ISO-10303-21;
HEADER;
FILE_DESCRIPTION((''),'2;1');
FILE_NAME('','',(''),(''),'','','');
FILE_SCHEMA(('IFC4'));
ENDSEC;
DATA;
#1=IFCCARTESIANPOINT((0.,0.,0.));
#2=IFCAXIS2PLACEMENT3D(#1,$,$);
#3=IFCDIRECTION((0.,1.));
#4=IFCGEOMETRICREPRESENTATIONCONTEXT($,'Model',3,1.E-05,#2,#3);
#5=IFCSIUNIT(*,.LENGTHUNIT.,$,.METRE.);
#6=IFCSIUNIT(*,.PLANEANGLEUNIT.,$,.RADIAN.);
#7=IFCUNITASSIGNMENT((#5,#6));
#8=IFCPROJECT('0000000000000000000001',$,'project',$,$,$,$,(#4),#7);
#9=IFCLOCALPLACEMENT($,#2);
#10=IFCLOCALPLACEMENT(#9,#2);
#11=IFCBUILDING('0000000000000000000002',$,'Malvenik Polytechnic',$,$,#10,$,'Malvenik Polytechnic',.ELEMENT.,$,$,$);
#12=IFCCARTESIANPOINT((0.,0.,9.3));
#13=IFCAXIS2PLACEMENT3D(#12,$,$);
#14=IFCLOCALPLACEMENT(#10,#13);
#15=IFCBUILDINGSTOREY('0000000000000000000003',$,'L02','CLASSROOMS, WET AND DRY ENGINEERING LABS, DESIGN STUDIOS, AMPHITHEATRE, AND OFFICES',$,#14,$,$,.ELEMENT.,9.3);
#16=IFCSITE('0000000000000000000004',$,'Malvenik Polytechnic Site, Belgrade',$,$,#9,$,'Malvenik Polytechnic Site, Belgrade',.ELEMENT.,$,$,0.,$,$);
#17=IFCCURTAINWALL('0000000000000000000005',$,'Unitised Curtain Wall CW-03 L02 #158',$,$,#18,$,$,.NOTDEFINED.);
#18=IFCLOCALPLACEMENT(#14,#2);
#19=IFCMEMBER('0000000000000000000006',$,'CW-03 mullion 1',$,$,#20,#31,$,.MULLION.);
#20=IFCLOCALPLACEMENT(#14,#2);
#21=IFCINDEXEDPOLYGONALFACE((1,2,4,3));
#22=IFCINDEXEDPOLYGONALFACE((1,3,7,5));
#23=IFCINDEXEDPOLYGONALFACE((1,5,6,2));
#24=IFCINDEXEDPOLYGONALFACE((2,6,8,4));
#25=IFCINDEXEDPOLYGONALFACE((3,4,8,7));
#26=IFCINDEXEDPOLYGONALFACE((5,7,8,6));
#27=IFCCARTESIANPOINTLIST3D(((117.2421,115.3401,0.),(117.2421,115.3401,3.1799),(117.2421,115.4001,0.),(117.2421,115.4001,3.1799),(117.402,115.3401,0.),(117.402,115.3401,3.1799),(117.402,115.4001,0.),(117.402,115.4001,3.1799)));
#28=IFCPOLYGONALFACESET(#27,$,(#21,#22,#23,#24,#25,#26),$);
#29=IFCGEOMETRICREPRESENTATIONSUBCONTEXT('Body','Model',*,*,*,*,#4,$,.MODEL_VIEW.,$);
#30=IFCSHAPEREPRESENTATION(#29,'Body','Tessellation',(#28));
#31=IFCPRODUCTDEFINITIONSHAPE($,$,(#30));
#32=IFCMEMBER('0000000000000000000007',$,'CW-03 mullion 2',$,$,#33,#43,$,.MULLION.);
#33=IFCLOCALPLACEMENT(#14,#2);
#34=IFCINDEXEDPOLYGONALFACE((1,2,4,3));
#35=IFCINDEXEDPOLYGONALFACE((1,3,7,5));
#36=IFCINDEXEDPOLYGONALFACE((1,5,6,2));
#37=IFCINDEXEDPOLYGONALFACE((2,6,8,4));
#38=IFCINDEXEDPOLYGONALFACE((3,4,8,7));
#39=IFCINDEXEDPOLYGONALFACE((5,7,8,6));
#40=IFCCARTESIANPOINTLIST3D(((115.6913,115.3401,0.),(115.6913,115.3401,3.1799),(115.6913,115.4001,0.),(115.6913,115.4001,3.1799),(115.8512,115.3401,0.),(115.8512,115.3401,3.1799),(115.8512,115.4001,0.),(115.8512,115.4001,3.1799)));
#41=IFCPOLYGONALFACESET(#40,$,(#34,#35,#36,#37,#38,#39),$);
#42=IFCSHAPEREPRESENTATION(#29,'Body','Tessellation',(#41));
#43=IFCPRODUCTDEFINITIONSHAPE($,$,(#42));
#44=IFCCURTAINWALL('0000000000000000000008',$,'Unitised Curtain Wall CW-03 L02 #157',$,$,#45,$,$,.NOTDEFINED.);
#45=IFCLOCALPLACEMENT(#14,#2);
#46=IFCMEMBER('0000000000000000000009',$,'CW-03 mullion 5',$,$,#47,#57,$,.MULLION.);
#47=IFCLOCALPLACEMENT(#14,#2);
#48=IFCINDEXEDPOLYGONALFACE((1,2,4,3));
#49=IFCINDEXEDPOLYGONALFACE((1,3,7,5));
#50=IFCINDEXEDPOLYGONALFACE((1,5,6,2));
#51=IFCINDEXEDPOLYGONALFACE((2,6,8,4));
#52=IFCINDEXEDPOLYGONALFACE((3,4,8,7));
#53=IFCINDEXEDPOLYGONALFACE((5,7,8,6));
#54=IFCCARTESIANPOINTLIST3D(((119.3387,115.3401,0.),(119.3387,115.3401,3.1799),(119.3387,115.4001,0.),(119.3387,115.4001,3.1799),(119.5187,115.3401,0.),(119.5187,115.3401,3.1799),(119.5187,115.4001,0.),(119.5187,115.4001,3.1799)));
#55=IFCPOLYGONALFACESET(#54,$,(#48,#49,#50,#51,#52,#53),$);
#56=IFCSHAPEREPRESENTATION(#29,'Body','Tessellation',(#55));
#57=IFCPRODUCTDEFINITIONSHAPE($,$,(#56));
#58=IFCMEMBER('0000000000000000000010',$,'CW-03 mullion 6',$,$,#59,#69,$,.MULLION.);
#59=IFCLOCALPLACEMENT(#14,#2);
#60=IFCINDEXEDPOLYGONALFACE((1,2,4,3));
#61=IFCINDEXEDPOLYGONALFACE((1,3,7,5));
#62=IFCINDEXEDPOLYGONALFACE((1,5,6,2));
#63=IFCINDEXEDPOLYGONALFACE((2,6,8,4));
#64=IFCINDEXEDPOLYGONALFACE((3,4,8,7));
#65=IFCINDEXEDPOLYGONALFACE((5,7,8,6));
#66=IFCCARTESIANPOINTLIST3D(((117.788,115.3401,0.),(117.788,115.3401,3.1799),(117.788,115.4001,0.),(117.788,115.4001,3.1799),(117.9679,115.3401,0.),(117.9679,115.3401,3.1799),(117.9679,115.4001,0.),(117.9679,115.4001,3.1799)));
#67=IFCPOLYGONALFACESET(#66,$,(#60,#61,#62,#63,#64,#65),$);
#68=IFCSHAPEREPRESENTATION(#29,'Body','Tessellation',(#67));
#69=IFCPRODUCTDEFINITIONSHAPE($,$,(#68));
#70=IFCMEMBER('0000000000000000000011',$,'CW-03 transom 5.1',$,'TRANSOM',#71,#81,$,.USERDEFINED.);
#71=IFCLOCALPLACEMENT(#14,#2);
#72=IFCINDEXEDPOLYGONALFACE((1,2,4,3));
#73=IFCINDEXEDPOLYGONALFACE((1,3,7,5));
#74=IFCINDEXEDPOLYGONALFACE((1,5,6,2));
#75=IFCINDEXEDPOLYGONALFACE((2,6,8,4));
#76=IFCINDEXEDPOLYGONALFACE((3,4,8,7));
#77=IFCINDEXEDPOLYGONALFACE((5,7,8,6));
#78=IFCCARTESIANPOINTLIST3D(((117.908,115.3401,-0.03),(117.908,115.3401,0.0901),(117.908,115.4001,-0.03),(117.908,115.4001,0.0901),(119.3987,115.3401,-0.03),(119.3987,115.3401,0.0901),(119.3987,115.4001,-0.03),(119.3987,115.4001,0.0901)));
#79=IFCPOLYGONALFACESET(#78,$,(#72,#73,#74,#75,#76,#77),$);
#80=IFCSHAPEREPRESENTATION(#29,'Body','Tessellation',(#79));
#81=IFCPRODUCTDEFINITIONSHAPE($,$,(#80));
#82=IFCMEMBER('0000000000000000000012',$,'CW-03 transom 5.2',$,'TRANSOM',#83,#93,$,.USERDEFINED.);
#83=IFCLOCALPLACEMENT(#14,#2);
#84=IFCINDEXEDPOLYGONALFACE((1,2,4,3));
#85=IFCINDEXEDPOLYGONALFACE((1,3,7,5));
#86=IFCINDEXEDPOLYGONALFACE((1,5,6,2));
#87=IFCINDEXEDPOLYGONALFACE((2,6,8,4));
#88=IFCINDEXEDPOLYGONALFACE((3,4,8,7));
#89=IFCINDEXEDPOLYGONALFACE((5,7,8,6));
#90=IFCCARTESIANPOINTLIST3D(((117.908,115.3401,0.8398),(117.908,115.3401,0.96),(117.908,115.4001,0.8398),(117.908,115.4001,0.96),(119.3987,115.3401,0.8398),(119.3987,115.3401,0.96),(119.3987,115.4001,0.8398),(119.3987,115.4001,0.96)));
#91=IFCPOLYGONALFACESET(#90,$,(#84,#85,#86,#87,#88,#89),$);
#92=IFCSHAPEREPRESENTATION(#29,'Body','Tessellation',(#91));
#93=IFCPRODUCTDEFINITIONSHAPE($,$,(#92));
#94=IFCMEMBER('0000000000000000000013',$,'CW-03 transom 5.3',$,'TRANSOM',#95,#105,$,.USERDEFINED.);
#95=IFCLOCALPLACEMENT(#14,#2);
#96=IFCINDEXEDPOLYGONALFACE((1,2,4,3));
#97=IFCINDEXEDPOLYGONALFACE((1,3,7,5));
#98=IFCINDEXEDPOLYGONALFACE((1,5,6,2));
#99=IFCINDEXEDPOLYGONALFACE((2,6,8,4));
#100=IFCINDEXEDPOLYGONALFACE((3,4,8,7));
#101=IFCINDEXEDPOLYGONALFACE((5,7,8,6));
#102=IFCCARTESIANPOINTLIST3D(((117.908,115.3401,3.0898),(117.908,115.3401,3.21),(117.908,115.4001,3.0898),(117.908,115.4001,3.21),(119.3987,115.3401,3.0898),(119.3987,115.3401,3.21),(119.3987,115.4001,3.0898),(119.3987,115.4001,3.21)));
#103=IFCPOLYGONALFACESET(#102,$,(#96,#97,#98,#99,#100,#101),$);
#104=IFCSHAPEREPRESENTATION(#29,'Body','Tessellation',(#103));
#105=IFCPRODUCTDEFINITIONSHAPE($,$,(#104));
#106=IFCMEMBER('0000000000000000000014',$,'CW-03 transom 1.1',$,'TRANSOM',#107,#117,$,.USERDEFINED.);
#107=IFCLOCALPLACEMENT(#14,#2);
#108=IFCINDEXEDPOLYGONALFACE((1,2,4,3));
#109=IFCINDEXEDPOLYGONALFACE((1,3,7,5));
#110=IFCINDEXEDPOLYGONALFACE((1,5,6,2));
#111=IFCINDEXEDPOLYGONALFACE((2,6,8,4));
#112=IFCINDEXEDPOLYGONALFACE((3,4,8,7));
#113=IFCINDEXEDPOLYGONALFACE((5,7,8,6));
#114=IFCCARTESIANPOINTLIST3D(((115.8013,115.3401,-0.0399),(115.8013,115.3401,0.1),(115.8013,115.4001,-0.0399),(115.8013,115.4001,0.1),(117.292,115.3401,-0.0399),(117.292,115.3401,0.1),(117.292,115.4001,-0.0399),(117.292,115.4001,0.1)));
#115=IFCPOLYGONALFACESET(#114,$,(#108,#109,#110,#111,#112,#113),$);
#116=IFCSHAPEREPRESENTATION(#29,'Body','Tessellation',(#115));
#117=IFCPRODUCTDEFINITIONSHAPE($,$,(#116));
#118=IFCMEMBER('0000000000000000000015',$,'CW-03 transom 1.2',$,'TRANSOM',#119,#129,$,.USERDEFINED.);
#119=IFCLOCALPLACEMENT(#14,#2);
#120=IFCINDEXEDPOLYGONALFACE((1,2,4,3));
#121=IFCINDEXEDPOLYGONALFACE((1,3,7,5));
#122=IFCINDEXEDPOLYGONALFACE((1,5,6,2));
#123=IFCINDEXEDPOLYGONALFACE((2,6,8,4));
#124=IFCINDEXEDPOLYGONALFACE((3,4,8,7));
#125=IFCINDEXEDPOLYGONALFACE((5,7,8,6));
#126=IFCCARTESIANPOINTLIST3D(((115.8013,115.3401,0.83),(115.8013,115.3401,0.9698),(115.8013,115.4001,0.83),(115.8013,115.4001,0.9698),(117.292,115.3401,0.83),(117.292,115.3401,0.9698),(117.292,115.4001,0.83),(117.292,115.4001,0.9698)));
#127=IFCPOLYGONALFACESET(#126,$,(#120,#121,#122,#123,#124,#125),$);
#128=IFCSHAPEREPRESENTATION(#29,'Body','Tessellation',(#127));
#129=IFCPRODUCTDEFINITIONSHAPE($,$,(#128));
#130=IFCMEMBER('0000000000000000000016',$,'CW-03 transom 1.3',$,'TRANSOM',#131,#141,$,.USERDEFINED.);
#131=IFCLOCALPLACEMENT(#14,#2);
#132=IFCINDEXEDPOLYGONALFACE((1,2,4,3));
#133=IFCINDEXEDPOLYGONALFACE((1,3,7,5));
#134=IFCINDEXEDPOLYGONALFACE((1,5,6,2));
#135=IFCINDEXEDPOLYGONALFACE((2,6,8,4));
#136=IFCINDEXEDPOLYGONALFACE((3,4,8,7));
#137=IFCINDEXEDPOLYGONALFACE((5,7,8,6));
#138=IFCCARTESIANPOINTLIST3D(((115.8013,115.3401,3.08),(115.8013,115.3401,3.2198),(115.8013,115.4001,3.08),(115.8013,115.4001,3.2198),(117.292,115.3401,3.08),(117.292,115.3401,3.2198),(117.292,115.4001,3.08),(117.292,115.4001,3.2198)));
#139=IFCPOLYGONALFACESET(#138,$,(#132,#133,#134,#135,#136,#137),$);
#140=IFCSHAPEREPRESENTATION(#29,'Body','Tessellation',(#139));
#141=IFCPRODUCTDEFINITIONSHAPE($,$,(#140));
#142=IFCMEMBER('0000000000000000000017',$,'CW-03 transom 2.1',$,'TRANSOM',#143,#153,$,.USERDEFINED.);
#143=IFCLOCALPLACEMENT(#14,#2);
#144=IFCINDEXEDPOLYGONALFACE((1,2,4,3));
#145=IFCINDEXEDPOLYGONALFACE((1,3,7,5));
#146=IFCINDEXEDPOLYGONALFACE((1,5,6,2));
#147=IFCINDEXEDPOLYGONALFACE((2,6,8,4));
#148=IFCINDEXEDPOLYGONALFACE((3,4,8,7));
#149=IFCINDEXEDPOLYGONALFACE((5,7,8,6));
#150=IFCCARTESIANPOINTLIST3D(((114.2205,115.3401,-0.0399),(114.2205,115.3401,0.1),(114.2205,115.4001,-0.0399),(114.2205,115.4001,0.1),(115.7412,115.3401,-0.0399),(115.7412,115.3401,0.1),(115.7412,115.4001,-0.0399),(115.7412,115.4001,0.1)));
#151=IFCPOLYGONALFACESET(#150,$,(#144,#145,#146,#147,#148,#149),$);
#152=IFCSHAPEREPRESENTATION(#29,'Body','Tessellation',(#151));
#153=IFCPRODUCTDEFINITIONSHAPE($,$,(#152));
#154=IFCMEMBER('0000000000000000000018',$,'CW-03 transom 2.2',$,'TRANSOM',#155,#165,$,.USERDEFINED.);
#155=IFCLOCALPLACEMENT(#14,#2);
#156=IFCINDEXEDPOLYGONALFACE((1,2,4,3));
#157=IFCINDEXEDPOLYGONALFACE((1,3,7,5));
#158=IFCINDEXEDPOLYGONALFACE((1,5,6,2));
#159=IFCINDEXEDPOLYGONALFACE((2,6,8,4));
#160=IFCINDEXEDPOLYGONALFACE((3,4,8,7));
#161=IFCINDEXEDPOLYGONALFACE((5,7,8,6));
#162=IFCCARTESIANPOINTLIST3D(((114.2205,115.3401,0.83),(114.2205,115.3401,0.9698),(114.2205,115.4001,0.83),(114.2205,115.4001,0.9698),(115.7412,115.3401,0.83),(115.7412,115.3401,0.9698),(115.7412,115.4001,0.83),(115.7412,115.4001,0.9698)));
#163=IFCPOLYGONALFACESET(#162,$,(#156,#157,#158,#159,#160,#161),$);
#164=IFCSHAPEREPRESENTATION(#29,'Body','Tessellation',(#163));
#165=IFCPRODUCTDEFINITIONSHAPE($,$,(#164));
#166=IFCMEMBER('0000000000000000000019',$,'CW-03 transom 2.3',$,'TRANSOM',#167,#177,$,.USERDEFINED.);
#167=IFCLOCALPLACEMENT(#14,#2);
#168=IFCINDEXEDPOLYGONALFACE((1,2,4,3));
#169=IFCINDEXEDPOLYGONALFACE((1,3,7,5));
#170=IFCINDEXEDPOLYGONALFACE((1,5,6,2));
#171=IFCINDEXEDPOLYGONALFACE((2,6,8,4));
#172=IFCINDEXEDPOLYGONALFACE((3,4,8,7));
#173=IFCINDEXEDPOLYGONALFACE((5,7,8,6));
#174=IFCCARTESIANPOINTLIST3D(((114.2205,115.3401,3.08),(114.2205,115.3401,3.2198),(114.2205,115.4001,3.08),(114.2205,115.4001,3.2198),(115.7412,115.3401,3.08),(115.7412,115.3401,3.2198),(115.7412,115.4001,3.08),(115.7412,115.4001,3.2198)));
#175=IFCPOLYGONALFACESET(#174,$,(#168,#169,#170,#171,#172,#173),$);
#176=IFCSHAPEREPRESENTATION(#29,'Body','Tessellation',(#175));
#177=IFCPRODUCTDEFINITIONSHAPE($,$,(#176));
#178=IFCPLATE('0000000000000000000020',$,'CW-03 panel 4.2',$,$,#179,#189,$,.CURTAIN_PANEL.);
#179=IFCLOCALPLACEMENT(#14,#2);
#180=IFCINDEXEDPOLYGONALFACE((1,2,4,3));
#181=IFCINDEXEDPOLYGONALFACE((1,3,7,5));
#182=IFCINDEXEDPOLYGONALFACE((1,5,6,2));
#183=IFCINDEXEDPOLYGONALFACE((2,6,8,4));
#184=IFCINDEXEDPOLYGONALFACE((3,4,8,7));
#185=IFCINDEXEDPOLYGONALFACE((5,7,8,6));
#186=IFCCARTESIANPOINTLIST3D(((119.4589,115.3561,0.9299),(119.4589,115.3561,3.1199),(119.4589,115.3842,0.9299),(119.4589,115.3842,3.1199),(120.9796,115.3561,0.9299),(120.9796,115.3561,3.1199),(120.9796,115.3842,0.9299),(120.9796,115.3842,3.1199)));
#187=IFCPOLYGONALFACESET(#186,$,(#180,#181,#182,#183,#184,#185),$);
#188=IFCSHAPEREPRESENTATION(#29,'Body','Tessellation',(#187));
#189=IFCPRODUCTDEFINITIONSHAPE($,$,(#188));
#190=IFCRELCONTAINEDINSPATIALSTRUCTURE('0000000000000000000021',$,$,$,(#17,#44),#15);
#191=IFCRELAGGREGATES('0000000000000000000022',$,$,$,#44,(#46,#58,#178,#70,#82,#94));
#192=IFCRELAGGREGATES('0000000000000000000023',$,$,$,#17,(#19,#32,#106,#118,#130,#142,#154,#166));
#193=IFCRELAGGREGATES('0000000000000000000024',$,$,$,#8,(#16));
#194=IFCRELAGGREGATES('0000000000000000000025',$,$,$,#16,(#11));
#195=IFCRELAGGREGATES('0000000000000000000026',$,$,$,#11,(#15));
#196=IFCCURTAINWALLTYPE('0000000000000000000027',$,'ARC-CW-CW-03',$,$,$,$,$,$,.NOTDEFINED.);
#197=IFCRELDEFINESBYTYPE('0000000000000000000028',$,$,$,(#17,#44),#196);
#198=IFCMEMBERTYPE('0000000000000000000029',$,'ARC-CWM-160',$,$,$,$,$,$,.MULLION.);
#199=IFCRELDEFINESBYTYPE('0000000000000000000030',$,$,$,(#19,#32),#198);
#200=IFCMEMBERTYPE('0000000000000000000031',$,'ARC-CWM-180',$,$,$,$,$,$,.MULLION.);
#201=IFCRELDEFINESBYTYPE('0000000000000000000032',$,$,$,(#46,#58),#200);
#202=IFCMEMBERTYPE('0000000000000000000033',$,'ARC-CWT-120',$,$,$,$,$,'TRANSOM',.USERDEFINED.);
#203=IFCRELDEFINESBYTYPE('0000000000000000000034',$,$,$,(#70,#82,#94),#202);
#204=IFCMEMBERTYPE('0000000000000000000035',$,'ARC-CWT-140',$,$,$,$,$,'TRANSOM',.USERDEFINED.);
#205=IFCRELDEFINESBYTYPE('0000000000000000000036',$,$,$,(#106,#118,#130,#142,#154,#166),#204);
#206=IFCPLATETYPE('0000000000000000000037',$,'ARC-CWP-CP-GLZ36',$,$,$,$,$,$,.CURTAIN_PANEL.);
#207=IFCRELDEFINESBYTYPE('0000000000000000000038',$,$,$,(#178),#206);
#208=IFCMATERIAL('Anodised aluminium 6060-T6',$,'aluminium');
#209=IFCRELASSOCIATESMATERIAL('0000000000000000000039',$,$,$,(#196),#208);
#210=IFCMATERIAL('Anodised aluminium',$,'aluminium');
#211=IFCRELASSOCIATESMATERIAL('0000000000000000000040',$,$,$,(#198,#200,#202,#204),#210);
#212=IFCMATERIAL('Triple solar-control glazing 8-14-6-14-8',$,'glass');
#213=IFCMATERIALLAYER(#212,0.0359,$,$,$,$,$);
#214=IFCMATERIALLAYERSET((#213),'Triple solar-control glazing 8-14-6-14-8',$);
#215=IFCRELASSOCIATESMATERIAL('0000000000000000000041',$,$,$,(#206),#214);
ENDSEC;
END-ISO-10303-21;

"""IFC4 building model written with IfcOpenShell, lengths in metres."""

from ifc_helpers import new_model, si_unit, direction, frame, origin, origin_2d, place, context, subcontext, project, spatial, rectangle, extrude, material, layer, layer_set, material_profile, profile_set, type_object, element, aggregate, save


model = new_model("IFC4")

# Units and contexts
model_context = context("Model", 3, precision=1e-05, world=origin(), true_north=direction((0.0, 1.0)))
body_context = subcontext(model_context, "Body", "Model", "MODEL_VIEW")
ifc_project = project(units=[si_unit("LENGTHUNIT", "METRE"), si_unit("PLANEANGLEUNIT", "RADIAN")], contexts=[model_context])

# Site, building, storey
site_placement = place(None, origin())
site = spatial("IfcSite", under=ifc_project, at=site_placement, Name="Malvenik Polytechnic Site, Belgrade", LongName="Malvenik Polytechnic Site, Belgrade", CompositionType="ELEMENT", RefElevation=0.0)
building_placement = place(site_placement, origin())
building = spatial("IfcBuilding", under=site, at=building_placement, Name="Malvenik Polytechnic", LongName="Malvenik Polytechnic", CompositionType="ELEMENT")
storey_placement = place(building_placement, frame((0.0, 0.0, 9.3)))
storey = spatial("IfcBuildingStorey", under=building, at=storey_placement, Name="L02", Description="CLASSROOMS, WET AND DRY ENGINEERING LABS, DESIGN STUDIOS, AMPHITHEATRE, AND OFFICES", CompositionType="ELEMENT", Elevation=9.3)

# Curtain walls, members
ifc_material_1 = material(Name="Anodised aluminium 6060-T6", Category="aluminium")
curtain_wall_type = type_object("IfcCurtainWallType", Name="ARC-CW-CW-03", PredefinedType="NOTDEFINED", material=ifc_material_1)
curtain_wall_1_placement = place(storey_placement, origin())
curtain_wall_1 = element("IfcCurtainWall", 1, at=curtain_wall_1_placement, inside=storey, type_object=curtain_wall_type, Name="Unitised Curtain Wall CW-03 L02 #158", PredefinedType="NOTDEFINED")
ifc_material_2 = material(Name="Anodised aluminium", Category="aluminium")
ifc_material_profile_1 = material_profile(ifc_material_2, rectangle(XDim=0.0601, YDim=0.1599, at=origin_2d()), Name="ALU MULLION 60x160")
ifc_profile_set_1 = profile_set([ifc_material_profile_1], Name="Anodised aluminium")
member_type_1 = type_object("IfcMemberType", Name="ARC-CWM-160", PredefinedType="MULLION", material=ifc_profile_set_1)
member_1_placement = place(storey_placement, frame((117.322, 115.3701, 0.0), z_axis=(0.0, 0.0, 1.0), x_axis=(0.0, -1.0, 0.0)))
member_1 = element("IfcMember", 2, at=member_1_placement, type_object=member_type_1, Name="CW-03 mullion 1", PredefinedType="MULLION", context=body_context, shape_type="SweptSolid", body=[
    extrude(rectangle(XDim=0.0601, YDim=0.1599, at=origin_2d()), origin(), (0.0, 0.0, 1.0), 3.1799),
])
member_2_placement = place(storey_placement, frame((115.7712, 115.3701, 0.0), z_axis=(0.0, 0.0, 1.0), x_axis=(0.0, -1.0, 0.0)))
member_2 = element("IfcMember", 3, at=member_2_placement, type_object=member_type_1, Name="CW-03 mullion 2", PredefinedType="MULLION", context=body_context, shape_type="SweptSolid", body=[
    extrude(rectangle(XDim=0.0601, YDim=0.1599, at=origin_2d()), origin(), (0.0, 0.0, 1.0), 3.1799),
])
curtain_wall_2_placement = place(storey_placement, origin())
curtain_wall_2 = element("IfcCurtainWall", 4, at=curtain_wall_2_placement, inside=storey, type_object=curtain_wall_type, Name="Unitised Curtain Wall CW-03 L02 #157", PredefinedType="NOTDEFINED")
ifc_material_profile_2 = material_profile(ifc_material_2, rectangle(XDim=0.0601, YDim=0.1799, at=origin_2d()), Name="ALU MULLION 60x180")
ifc_profile_set_2 = profile_set([ifc_material_profile_2], Name="Anodised aluminium")
member_type_2 = type_object("IfcMemberType", Name="ARC-CWM-180", PredefinedType="MULLION", material=ifc_profile_set_2)
member_3_placement = place(storey_placement, frame((119.4287, 115.3701, 0.0), z_axis=(0.0, 0.0, 1.0), x_axis=(0.0, -1.0, 0.0)))
member_3 = element("IfcMember", 5, at=member_3_placement, type_object=member_type_2, Name="CW-03 mullion 5", PredefinedType="MULLION", context=body_context, shape_type="SweptSolid", body=[
    extrude(rectangle(XDim=0.0601, YDim=0.1799, at=origin_2d()), origin(), (0.0, 0.0, 1.0), 3.1799),
])
member_4_placement = place(storey_placement, frame((117.8779, 115.3701, 0.0), z_axis=(0.0, 0.0, 1.0), x_axis=(0.0, -1.0, 0.0)))
member_4 = element("IfcMember", 6, at=member_4_placement, type_object=member_type_2, Name="CW-03 mullion 6", PredefinedType="MULLION", context=body_context, shape_type="SweptSolid", body=[
    extrude(rectangle(XDim=0.0601, YDim=0.1799, at=origin_2d()), origin(), (0.0, 0.0, 1.0), 3.1799),
])
ifc_material_profile_3 = material_profile(ifc_material_2, rectangle(XDim=0.0601, YDim=0.1201, at=origin_2d()), Name="ALU TRANSOM 60x120")
ifc_profile_set_3 = profile_set([ifc_material_profile_3], Name="Anodised aluminium")
member_type_3 = type_object("IfcMemberType", Name="ARC-CWT-120", ElementType="TRANSOM", PredefinedType="USERDEFINED", material=ifc_profile_set_3)
member_5_placement = place(storey_placement, frame((119.3987, 115.3701, 0.03), z_axis=(-1.0, 0.0, 0.0), x_axis=(0.0, -1.0, 0.0)))
member_5 = element("IfcMember", 7, at=member_5_placement, type_object=member_type_3, Name="CW-03 transom 5.1", ObjectType="TRANSOM", PredefinedType="USERDEFINED", context=body_context, shape_type="SweptSolid", body=[
    extrude(rectangle(XDim=0.0601, YDim=0.1201, at=origin_2d()), origin(), (0.0, 0.0, 1.0), 1.4907),
])
member_6_placement = place(storey_placement, frame((119.3987, 115.3701, 0.8999), z_axis=(-1.0, 0.0, 0.0), x_axis=(0.0, -1.0, 0.0)))
member_6 = element("IfcMember", 8, at=member_6_placement, type_object=member_type_3, Name="CW-03 transom 5.2", ObjectType="TRANSOM", PredefinedType="USERDEFINED", context=body_context, shape_type="SweptSolid", body=[
    extrude(rectangle(XDim=0.0601, YDim=0.1201, at=origin_2d()), origin(), (0.0, 0.0, 1.0), 1.4907),
])
member_7_placement = place(storey_placement, frame((119.3987, 115.3701, 3.1499), z_axis=(-1.0, 0.0, 0.0), x_axis=(0.0, -1.0, 0.0)))
member_7 = element("IfcMember", 9, at=member_7_placement, type_object=member_type_3, Name="CW-03 transom 5.3", ObjectType="TRANSOM", PredefinedType="USERDEFINED", context=body_context, shape_type="SweptSolid", body=[
    extrude(rectangle(XDim=0.0601, YDim=0.1201, at=origin_2d()), origin(), (0.0, 0.0, 1.0), 1.4907),
])

# Members
ifc_material_profile_4 = material_profile(ifc_material_2, rectangle(XDim=0.0601, YDim=0.1399, at=origin_2d()), Name="ALU TRANSOM 60x140")
ifc_profile_set_4 = profile_set([ifc_material_profile_4], Name="Anodised aluminium")
member_type_4 = type_object("IfcMemberType", Name="ARC-CWT-140", ElementType="TRANSOM", PredefinedType="USERDEFINED", material=ifc_profile_set_4)
member_8_placement = place(storey_placement, frame((117.292, 115.3701, 0.03), z_axis=(-1.0, 0.0, 0.0), x_axis=(0.0, -1.0, 0.0)))
member_8 = element("IfcMember", 10, at=member_8_placement, type_object=member_type_4, Name="CW-03 transom 1.1", ObjectType="TRANSOM", PredefinedType="USERDEFINED", context=body_context, shape_type="SweptSolid", body=[
    extrude(rectangle(XDim=0.0601, YDim=0.1399, at=origin_2d()), origin(), (0.0, 0.0, 1.0), 1.4907),
])
member_9_placement = place(storey_placement, frame((117.292, 115.3701, 0.8999), z_axis=(-1.0, 0.0, 0.0), x_axis=(0.0, -1.0, 0.0)))
member_9 = element("IfcMember", 11, at=member_9_placement, type_object=member_type_4, Name="CW-03 transom 1.2", ObjectType="TRANSOM", PredefinedType="USERDEFINED", context=body_context, shape_type="SweptSolid", body=[
    extrude(rectangle(XDim=0.0601, YDim=0.1399, at=origin_2d()), origin(), (0.0, 0.0, 1.0), 1.4907),
])
member_10_placement = place(storey_placement, frame((117.292, 115.3701, 3.1499), z_axis=(-1.0, 0.0, 0.0), x_axis=(0.0, -1.0, 0.0)))
member_10 = element("IfcMember", 12, at=member_10_placement, type_object=member_type_4, Name="CW-03 transom 1.3", ObjectType="TRANSOM", PredefinedType="USERDEFINED", context=body_context, shape_type="SweptSolid", body=[
    extrude(rectangle(XDim=0.0601, YDim=0.1399, at=origin_2d()), origin(), (0.0, 0.0, 1.0), 1.4907),
])
member_11_placement = place(storey_placement, frame((115.7412, 115.3701, 0.03), z_axis=(-1.0, 0.0, 0.0), x_axis=(0.0, -1.0, 0.0)))
member_11 = element("IfcMember", 13, at=member_11_placement, type_object=member_type_4, Name="CW-03 transom 2.1", ObjectType="TRANSOM", PredefinedType="USERDEFINED", context=body_context, shape_type="SweptSolid", body=[
    extrude(rectangle(XDim=0.0601, YDim=0.1399, at=origin_2d()), origin(), (0.0, 0.0, 1.0), 1.5208),
])
member_12_placement = place(storey_placement, frame((115.7412, 115.3701, 0.8999), z_axis=(-1.0, 0.0, 0.0), x_axis=(0.0, -1.0, 0.0)))
member_12 = element("IfcMember", 14, at=member_12_placement, type_object=member_type_4, Name="CW-03 transom 2.2", ObjectType="TRANSOM", PredefinedType="USERDEFINED", context=body_context, shape_type="SweptSolid", body=[
    extrude(rectangle(XDim=0.0601, YDim=0.1399, at=origin_2d()), origin(), (0.0, 0.0, 1.0), 1.5208),
])
member_13_placement = place(storey_placement, frame((115.7412, 115.3701, 3.1499), z_axis=(-1.0, 0.0, 0.0), x_axis=(0.0, -1.0, 0.0)))
member_13 = element("IfcMember", 15, at=member_13_placement, type_object=member_type_4, Name="CW-03 transom 2.3", ObjectType="TRANSOM", PredefinedType="USERDEFINED", context=body_context, shape_type="SweptSolid", body=[
    extrude(rectangle(XDim=0.0601, YDim=0.1399, at=origin_2d()), origin(), (0.0, 0.0, 1.0), 1.5208),
])

# Plate
ifc_material_3 = material(Name="Triple solar-control glazing 8-14-6-14-8", Category="glass")
ifc_layer_1 = layer(ifc_material_3, 0.0359)
ifc_layer_set_1 = layer_set([ifc_layer_1], Name="Triple solar-control glazing 8-14-6-14-8")
plate_type_1 = type_object("IfcPlateType", Name="ARC-CWP-CP-GLZ36", PredefinedType="CURTAIN_PANEL", material=ifc_layer_set_1)
plate_1_placement = place(storey_placement, frame((120.2192, 115.3701, 0.9299), z_axis=(0.0, 0.0, 1.0), x_axis=(-1.0, 0.0, 0.0)))
plate_1 = element("IfcPlate", 16, at=plate_1_placement, type_object=plate_type_1, Name="CW-03 panel 4.2", PredefinedType="CURTAIN_PANEL", context=body_context, shape_type="SweptSolid", body=[
    extrude(rectangle(XDim=1.5208, YDim=0.0281, at=origin_2d()), origin(), (0.0, 0.0, 1.0), 2.1899),
])
aggregate(curtain_wall_2, [member_3, member_4, plate_1, member_5, member_6, member_7])
aggregate(curtain_wall_1, [member_1, member_2, member_8, member_9, member_10, member_11, member_12, member_13])

save(model, "model.ifc")
